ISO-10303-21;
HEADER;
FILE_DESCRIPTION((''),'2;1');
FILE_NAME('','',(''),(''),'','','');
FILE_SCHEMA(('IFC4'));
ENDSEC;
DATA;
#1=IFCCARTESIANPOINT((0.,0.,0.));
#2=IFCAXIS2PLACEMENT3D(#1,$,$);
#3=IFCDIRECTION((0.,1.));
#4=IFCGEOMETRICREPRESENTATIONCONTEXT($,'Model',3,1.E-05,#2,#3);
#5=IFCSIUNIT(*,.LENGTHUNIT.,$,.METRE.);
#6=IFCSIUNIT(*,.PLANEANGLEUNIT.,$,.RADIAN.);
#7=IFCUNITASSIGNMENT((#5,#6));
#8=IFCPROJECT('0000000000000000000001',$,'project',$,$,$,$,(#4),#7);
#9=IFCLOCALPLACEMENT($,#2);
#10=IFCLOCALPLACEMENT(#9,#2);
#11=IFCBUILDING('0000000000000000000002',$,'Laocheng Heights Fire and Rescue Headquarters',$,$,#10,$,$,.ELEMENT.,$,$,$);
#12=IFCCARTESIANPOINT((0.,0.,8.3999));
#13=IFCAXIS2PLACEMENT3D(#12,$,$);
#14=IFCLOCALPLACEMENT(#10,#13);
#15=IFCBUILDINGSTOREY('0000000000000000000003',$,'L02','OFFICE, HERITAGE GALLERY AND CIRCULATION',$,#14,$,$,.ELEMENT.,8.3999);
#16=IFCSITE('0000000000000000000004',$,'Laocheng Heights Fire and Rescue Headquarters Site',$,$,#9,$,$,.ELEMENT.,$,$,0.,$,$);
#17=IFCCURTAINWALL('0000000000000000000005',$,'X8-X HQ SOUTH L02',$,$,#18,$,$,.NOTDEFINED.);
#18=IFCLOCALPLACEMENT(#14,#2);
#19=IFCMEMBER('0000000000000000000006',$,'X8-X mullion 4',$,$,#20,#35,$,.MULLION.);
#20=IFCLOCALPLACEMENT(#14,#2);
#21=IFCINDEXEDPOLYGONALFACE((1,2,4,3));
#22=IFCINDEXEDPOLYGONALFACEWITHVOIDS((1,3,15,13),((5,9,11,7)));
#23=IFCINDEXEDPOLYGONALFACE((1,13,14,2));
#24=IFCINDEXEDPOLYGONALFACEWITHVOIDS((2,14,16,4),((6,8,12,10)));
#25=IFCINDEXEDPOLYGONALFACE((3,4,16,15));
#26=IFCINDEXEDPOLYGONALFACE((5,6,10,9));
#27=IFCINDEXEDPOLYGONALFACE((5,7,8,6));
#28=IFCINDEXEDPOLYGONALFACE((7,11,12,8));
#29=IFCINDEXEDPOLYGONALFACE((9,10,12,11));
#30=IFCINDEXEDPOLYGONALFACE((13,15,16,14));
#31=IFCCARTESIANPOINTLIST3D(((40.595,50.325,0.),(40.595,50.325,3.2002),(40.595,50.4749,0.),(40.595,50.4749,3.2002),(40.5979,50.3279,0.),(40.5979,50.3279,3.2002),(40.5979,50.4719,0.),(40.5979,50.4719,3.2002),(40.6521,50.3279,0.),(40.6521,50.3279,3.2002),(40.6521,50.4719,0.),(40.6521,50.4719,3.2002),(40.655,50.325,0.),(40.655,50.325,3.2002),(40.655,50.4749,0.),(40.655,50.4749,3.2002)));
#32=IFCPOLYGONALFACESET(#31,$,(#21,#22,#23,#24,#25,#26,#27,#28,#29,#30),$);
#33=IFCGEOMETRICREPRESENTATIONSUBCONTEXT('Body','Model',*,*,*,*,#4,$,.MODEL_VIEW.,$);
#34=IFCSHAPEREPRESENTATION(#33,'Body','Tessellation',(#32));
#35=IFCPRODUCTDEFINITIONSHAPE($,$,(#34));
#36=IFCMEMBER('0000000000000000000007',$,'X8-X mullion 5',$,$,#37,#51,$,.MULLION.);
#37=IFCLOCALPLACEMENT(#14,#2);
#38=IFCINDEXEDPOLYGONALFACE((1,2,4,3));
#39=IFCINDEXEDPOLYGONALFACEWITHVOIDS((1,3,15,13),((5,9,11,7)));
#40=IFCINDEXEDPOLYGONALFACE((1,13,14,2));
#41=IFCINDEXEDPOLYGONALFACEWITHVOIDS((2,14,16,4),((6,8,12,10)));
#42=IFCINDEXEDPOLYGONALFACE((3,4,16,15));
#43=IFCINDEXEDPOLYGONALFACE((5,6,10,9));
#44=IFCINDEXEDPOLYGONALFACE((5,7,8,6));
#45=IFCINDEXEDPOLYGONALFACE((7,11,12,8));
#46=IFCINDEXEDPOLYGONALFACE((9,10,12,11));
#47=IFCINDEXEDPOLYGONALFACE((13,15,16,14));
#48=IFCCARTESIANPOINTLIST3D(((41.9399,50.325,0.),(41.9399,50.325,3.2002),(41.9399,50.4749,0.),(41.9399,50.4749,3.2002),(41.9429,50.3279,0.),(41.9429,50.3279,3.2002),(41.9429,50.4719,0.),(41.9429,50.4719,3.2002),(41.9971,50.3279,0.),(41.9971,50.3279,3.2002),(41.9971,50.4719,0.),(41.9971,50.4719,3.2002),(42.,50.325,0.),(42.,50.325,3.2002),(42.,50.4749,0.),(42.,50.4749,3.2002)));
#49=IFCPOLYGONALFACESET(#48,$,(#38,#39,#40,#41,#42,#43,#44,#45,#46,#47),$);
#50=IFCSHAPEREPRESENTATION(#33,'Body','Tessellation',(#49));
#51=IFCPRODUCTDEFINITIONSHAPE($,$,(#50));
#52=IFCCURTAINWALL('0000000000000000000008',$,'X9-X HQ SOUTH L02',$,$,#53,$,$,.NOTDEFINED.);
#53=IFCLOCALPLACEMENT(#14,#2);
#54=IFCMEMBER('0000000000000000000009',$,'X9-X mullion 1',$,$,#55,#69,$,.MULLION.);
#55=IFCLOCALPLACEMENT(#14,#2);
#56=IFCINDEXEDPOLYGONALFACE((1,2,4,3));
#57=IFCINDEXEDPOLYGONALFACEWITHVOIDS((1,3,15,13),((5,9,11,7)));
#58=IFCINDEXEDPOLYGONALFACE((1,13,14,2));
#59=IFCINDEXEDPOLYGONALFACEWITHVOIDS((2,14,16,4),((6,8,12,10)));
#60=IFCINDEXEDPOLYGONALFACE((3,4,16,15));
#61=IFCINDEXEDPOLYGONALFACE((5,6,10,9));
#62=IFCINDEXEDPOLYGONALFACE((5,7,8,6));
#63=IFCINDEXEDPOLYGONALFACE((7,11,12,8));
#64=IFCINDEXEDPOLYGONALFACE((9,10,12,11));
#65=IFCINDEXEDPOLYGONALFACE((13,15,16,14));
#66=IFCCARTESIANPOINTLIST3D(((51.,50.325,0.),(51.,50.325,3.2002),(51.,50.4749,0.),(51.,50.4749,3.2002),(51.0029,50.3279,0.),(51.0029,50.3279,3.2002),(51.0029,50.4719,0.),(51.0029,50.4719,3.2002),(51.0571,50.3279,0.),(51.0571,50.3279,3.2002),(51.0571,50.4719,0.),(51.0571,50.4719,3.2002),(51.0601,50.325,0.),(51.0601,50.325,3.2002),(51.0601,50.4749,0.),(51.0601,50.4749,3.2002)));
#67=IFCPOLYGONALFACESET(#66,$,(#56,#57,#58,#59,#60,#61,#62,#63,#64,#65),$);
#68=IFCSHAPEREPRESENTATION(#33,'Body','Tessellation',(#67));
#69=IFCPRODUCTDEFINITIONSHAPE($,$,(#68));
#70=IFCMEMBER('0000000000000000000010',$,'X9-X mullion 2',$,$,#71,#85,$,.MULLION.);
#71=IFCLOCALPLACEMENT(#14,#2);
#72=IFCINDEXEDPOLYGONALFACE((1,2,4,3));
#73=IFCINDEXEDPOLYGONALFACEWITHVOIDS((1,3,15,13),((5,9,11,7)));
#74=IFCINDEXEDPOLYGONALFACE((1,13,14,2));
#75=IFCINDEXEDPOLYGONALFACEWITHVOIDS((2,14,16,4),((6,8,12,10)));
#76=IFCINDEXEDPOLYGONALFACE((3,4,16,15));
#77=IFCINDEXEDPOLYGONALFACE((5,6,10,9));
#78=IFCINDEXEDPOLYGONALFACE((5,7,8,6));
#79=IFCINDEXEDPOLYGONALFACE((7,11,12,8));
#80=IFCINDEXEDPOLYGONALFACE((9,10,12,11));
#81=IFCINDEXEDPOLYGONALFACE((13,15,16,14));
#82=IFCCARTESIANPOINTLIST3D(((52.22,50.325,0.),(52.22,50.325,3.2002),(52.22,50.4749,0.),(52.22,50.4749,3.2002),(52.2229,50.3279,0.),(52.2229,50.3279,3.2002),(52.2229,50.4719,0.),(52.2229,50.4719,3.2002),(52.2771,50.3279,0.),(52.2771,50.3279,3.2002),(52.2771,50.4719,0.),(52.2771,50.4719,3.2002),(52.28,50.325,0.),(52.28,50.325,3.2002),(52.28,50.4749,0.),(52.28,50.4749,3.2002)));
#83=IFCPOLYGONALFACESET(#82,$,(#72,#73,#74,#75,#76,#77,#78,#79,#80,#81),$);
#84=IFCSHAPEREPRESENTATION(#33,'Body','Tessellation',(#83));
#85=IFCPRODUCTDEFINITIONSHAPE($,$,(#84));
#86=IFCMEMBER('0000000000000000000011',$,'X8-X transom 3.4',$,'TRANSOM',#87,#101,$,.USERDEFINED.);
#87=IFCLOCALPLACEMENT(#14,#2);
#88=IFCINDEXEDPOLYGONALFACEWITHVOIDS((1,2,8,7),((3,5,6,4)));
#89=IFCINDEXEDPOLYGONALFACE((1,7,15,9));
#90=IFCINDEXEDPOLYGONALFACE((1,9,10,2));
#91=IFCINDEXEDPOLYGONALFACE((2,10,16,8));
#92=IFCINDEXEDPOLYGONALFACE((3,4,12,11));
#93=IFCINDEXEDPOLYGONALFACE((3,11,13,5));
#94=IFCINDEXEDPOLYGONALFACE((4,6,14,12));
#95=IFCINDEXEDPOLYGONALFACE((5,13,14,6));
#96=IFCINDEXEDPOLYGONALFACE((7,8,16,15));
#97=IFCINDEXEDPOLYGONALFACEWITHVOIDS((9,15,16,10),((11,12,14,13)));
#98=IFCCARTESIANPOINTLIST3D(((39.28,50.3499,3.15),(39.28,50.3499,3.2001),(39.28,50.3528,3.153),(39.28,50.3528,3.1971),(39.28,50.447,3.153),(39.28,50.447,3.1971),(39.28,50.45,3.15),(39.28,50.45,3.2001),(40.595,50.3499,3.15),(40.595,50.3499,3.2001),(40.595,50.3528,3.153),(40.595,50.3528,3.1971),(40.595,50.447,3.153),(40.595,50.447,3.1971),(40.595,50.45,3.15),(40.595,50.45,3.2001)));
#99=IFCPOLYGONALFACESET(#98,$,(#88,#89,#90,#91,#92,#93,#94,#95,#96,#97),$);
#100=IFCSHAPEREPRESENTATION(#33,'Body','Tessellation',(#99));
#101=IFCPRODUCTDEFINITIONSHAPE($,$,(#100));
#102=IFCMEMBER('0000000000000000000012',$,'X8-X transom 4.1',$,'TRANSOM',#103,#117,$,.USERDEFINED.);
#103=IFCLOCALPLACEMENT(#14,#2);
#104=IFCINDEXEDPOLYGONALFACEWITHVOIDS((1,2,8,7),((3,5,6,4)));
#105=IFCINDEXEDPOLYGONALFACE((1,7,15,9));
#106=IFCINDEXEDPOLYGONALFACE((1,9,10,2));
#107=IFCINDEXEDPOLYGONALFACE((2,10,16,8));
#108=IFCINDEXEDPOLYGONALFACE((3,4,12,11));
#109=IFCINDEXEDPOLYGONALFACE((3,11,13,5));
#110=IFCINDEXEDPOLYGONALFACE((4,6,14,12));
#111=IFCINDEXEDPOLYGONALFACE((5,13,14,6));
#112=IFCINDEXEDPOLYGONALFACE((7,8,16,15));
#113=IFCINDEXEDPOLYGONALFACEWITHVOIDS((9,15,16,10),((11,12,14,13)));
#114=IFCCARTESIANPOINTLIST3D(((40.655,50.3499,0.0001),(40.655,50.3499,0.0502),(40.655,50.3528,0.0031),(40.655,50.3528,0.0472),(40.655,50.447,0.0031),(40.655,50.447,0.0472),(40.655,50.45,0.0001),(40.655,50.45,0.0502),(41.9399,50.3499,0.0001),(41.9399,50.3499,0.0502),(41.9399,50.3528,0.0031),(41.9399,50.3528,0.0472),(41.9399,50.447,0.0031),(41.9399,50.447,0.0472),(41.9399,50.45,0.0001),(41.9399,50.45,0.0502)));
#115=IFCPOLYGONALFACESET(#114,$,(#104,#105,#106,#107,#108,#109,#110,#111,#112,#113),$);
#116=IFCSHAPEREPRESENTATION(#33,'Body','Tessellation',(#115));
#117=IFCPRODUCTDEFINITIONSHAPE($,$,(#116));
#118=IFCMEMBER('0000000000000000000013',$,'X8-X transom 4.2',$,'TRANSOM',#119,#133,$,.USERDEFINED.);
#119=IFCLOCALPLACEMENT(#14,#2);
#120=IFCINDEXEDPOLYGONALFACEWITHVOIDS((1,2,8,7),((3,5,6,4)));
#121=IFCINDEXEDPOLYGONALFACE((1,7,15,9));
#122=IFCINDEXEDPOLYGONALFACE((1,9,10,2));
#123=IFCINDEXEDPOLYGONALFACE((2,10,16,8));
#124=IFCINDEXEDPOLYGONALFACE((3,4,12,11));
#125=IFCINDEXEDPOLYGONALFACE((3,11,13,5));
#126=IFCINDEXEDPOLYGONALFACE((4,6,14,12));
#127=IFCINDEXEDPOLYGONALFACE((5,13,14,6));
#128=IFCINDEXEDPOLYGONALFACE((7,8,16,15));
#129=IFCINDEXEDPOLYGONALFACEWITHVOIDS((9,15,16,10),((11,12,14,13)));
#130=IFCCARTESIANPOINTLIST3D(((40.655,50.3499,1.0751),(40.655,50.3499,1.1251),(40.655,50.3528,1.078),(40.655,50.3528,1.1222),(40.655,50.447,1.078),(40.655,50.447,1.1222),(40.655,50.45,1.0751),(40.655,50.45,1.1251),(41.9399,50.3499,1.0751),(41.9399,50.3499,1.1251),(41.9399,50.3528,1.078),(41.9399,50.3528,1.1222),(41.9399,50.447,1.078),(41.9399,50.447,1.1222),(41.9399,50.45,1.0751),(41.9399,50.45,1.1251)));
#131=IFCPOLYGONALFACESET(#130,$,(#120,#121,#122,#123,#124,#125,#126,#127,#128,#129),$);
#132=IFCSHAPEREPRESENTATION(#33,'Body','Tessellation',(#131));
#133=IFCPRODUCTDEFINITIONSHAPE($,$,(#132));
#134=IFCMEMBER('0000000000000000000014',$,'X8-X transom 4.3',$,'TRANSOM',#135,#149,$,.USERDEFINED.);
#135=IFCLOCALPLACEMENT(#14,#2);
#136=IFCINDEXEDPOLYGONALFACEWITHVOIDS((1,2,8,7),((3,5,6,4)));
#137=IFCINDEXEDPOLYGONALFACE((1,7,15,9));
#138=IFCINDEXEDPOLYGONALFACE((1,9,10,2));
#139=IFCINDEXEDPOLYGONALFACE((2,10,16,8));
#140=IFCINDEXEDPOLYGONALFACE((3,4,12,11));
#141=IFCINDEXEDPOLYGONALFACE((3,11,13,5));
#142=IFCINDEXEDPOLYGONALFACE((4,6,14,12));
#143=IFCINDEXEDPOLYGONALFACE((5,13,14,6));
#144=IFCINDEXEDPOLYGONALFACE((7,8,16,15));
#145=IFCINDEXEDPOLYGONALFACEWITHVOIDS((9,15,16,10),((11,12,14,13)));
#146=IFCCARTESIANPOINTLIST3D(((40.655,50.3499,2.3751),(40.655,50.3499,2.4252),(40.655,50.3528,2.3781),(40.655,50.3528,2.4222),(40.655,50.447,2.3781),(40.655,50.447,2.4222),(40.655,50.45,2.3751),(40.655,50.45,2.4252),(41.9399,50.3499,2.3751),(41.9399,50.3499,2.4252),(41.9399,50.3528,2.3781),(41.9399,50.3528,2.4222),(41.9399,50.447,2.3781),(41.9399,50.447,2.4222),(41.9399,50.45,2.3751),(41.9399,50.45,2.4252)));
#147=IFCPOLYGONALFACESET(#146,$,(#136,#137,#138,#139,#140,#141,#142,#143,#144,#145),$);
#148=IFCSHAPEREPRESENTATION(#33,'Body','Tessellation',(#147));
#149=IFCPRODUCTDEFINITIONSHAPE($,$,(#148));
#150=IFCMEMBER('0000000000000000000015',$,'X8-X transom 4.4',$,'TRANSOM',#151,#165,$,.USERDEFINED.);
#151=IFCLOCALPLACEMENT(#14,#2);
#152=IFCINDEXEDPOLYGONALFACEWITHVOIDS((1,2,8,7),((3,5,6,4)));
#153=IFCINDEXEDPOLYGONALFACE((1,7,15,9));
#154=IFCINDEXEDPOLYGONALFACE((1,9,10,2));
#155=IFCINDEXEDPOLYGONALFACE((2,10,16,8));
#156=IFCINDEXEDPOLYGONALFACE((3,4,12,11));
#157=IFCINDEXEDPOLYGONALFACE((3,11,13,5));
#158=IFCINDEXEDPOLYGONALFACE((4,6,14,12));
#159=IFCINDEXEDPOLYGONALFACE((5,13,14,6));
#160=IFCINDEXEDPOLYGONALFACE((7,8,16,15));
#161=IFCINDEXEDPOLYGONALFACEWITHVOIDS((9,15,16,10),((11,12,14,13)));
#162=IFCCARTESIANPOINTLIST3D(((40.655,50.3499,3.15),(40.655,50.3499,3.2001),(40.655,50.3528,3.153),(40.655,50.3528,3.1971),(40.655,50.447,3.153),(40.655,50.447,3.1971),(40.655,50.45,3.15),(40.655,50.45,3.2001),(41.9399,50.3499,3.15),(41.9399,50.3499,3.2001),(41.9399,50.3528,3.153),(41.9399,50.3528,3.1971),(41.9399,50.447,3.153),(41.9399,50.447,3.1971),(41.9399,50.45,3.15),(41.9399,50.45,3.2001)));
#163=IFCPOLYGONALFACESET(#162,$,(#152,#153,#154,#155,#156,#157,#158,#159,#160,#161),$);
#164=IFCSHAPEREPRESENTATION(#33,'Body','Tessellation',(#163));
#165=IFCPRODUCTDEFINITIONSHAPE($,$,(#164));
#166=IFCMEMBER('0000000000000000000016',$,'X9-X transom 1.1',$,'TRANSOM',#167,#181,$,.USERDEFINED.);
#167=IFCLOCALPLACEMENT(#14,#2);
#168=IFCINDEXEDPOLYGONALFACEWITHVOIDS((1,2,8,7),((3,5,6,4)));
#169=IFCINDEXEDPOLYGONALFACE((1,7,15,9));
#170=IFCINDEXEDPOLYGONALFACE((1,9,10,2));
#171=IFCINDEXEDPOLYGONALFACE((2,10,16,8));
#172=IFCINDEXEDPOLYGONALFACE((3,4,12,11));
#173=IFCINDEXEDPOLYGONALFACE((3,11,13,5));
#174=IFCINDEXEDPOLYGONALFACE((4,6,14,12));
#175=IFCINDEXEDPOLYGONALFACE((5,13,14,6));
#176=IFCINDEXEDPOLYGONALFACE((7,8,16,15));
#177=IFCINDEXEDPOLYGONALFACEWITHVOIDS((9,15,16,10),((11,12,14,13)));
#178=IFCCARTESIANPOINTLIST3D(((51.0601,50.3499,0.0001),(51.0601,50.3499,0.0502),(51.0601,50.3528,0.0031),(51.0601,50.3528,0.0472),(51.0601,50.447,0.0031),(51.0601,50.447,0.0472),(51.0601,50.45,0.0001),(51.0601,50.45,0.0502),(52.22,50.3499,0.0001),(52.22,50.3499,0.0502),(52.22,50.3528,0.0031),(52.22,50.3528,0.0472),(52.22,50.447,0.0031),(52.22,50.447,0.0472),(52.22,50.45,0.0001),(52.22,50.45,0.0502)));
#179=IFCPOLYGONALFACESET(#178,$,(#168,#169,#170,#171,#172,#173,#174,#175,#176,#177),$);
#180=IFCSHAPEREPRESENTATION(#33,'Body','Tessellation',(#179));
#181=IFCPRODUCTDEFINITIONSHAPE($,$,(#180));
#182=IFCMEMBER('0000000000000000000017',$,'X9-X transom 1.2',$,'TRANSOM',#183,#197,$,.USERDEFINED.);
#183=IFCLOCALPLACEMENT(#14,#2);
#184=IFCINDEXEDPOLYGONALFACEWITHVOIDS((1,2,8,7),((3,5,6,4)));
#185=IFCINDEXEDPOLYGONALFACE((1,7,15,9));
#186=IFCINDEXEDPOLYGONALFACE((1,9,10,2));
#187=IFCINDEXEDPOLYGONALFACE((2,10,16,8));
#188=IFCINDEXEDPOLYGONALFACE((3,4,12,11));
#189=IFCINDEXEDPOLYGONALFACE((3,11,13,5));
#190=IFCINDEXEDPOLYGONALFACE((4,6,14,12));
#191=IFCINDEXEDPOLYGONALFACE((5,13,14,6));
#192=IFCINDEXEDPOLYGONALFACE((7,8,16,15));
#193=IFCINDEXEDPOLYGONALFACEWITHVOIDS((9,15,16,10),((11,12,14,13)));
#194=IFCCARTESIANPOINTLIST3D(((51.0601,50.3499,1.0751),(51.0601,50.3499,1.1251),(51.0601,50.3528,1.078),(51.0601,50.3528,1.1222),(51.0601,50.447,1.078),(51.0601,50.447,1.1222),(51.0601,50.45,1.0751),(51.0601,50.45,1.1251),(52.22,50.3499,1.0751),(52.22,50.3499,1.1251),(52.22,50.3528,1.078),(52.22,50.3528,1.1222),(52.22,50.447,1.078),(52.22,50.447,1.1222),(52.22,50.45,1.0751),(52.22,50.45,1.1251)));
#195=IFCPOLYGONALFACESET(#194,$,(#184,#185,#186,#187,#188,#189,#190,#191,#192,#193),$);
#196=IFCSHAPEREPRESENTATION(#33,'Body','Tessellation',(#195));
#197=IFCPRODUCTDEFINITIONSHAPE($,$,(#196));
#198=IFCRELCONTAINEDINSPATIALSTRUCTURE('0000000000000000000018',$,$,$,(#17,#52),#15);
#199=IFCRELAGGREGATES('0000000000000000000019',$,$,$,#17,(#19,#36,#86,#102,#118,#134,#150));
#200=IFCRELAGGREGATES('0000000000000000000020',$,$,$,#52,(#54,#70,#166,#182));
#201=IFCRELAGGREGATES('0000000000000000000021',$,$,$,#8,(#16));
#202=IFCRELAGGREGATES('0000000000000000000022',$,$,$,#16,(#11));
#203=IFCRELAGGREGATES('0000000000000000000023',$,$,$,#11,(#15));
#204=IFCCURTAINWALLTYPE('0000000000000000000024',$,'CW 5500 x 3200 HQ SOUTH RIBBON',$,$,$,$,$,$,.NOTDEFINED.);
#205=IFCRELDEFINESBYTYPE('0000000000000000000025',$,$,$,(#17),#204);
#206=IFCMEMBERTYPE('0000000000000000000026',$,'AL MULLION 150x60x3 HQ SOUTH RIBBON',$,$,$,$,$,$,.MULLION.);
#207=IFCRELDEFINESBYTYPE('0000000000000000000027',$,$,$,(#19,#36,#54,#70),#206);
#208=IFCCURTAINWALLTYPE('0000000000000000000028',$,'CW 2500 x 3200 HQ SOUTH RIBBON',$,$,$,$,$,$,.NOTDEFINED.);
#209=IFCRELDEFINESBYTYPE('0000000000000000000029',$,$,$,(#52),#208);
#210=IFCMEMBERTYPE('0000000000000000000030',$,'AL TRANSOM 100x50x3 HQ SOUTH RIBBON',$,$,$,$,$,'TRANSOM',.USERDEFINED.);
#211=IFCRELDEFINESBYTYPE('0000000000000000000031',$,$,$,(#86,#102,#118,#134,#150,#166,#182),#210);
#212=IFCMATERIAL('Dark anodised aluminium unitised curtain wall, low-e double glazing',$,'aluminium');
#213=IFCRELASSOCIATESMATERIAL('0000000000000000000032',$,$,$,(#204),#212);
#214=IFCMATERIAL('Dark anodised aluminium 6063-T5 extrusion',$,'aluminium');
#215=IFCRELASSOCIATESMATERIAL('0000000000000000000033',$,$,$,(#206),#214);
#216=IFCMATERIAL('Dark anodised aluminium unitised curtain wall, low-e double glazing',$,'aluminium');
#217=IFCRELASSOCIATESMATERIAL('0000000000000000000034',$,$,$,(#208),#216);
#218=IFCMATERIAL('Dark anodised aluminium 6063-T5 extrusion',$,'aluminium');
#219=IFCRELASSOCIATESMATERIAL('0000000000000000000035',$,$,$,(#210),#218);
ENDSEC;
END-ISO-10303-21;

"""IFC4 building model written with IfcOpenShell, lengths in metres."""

from ifc_helpers import new_model, si_unit, direction, frame, origin, origin_2d, place, context, subcontext, project, spatial, hollow_rectangle, extrude, material, material_profile, profile_set, type_object, element, aggregate, save


model = new_model("IFC4")

# Units and contexts
model_context = context("Model", 3, precision=1e-05, world=origin(), true_north=direction((0.0, 1.0)))
body_context = subcontext(model_context, "Body", "Model", "MODEL_VIEW")
ifc_project = project(units=[si_unit("LENGTHUNIT", "METRE"), si_unit("PLANEANGLEUNIT", "RADIAN")], contexts=[model_context])

# Site, building, storey
site_placement = place(None, origin())
site = spatial("IfcSite", under=ifc_project, at=site_placement, Name="Laocheng Heights Fire and Rescue Headquarters Site", CompositionType="ELEMENT", RefElevation=0.0)
building_placement = place(site_placement, origin())
building = spatial("IfcBuilding", under=site, at=building_placement, Name="Laocheng Heights Fire and Rescue Headquarters", CompositionType="ELEMENT")
storey_placement = place(building_placement, frame((0.0, 0.0, 8.3999)))
storey = spatial("IfcBuildingStorey", under=building, at=storey_placement, Name="L02", Description="OFFICE, HERITAGE GALLERY AND CIRCULATION", CompositionType="ELEMENT", Elevation=8.3999)

# Curtain walls, members
ifc_material_1 = material(Name="Dark anodised aluminium unitised curtain wall, low-e double glazing", Category="aluminium")
curtain_wall_type_1 = type_object("IfcCurtainWallType", Name="CW 5500 x 3200 HQ SOUTH RIBBON", PredefinedType="NOTDEFINED", material=ifc_material_1)
curtain_wall_1_placement = place(storey_placement, origin())
curtain_wall_1 = element("IfcCurtainWall", 1, at=curtain_wall_1_placement, inside=storey, type_object=curtain_wall_type_1, Name="X8-X HQ SOUTH L02", PredefinedType="NOTDEFINED")
ifc_material_2 = material(Name="Dark anodised aluminium 6063-T5 extrusion", Category="aluminium")
ifc_material_profile_1 = material_profile(ifc_material_2, hollow_rectangle(XDim=0.1499, YDim=0.0601, WallThickness=0.0029, at=origin_2d()), Name="AL MULLION 150x60x3 HQ SOUTH RIBBON")
ifc_profile_set_1 = profile_set([ifc_material_profile_1], Name="Dark anodised aluminium 6063-T5 extrusion")
member_type_1 = type_object("IfcMemberType", Name="AL MULLION 150x60x3 HQ SOUTH RIBBON", PredefinedType="MULLION", material=ifc_profile_set_1)
member_1_placement = place(storey_placement, frame((40.625, 50.3999, 0.0), z_axis=(0.0, 0.0, 1.0), x_axis=(0.0, 1.0, 0.0)))
member_1 = element("IfcMember", 2, at=member_1_placement, type_object=member_type_1, Name="X8-X mullion 4", PredefinedType="MULLION", context=body_context, shape_type="SweptSolid", body=[
    extrude(hollow_rectangle(XDim=0.1499, YDim=0.0601, WallThickness=0.0029, at=origin_2d()), origin(), (0.0, 0.0, 1.0), 3.2002),
])
member_2_placement = place(storey_placement, frame((41.97, 50.3999, 0.0), z_axis=(0.0, 0.0, 1.0), x_axis=(0.0, 1.0, 0.0)))
member_2 = element("IfcMember", 3, at=member_2_placement, type_object=member_type_1, Name="X8-X mullion 5", PredefinedType="MULLION", context=body_context, shape_type="SweptSolid", body=[
    extrude(hollow_rectangle(XDim=0.1499, YDim=0.0601, WallThickness=0.0029, at=origin_2d()), origin(), (0.0, 0.0, 1.0), 3.2002),
])
ifc_material_3 = material(Name="Dark anodised aluminium unitised curtain wall, low-e double glazing", Category="aluminium")
curtain_wall_type_2 = type_object("IfcCurtainWallType", Name="CW 2500 x 3200 HQ SOUTH RIBBON", PredefinedType="NOTDEFINED", material=ifc_material_3)
curtain_wall_2_placement = place(storey_placement, origin())
curtain_wall_2 = element("IfcCurtainWall", 4, at=curtain_wall_2_placement, inside=storey, type_object=curtain_wall_type_2, Name="X9-X HQ SOUTH L02", PredefinedType="NOTDEFINED")
member_3_placement = place(storey_placement, frame((51.03, 50.3999, 0.0), z_axis=(0.0, 0.0, 1.0), x_axis=(0.0, 1.0, 0.0)))
member_3 = element("IfcMember", 5, at=member_3_placement, type_object=member_type_1, Name="X9-X mullion 1", PredefinedType="MULLION", context=body_context, shape_type="SweptSolid", body=[
    extrude(hollow_rectangle(XDim=0.1499, YDim=0.0601, WallThickness=0.0029, at=origin_2d()), origin(), (0.0, 0.0, 1.0), 3.2002),
])
member_4_placement = place(storey_placement, frame((52.25, 50.3999, 0.0), z_axis=(0.0, 0.0, 1.0), x_axis=(0.0, 1.0, 0.0)))
member_4 = element("IfcMember", 6, at=member_4_placement, type_object=member_type_1, Name="X9-X mullion 2", PredefinedType="MULLION", context=body_context, shape_type="SweptSolid", body=[
    extrude(hollow_rectangle(XDim=0.1499, YDim=0.0601, WallThickness=0.0029, at=origin_2d()), origin(), (0.0, 0.0, 1.0), 3.2002),
])

# Members
ifc_material_4 = material(Name="Dark anodised aluminium 6063-T5 extrusion", Category="aluminium")
ifc_material_profile_2 = material_profile(ifc_material_4, hollow_rectangle(XDim=0.1001, YDim=0.05, WallThickness=0.0029, at=origin_2d()), Name="AL TRANSOM 100x50x3 HQ SOUTH RIBBON")
ifc_profile_set_2 = profile_set([ifc_material_profile_2], Name="Dark anodised aluminium 6063-T5 extrusion")
member_type_2 = type_object("IfcMemberType", Name="AL TRANSOM 100x50x3 HQ SOUTH RIBBON", ElementType="TRANSOM", PredefinedType="USERDEFINED", material=ifc_profile_set_2)
member_5_placement = place(storey_placement, frame((39.28, 50.3999, 3.175), z_axis=(1.0, 0.0, 0.0), x_axis=(0.0, 1.0, 0.0)))
member_5 = element("IfcMember", 7, at=member_5_placement, type_object=member_type_2, Name="X8-X transom 3.4", ObjectType="TRANSOM", PredefinedType="USERDEFINED", context=body_context, shape_type="SweptSolid", body=[
    extrude(hollow_rectangle(XDim=0.1001, YDim=0.05, WallThickness=0.0029, at=origin_2d()), origin(), (0.0, 0.0, 1.0), 1.3149),
])
member_6_placement = place(storey_placement, frame((40.655, 50.3999, 0.0251), z_axis=(1.0, 0.0, 0.0), x_axis=(0.0, 1.0, 0.0)))
member_6 = element("IfcMember", 8, at=member_6_placement, type_object=member_type_2, Name="X8-X transom 4.1", ObjectType="TRANSOM", PredefinedType="USERDEFINED", context=body_context, shape_type="SweptSolid", body=[
    extrude(hollow_rectangle(XDim=0.1001, YDim=0.05, WallThickness=0.0029, at=origin_2d()), origin(), (0.0, 0.0, 1.0), 1.2849),
])
member_7_placement = place(storey_placement, frame((40.655, 50.3999, 1.1001), z_axis=(1.0, 0.0, 0.0), x_axis=(0.0, 1.0, 0.0)))
member_7 = element("IfcMember", 9, at=member_7_placement, type_object=member_type_2, Name="X8-X transom 4.2", ObjectType="TRANSOM", PredefinedType="USERDEFINED", context=body_context, shape_type="SweptSolid", body=[
    extrude(hollow_rectangle(XDim=0.1001, YDim=0.05, WallThickness=0.0029, at=origin_2d()), origin(), (0.0, 0.0, 1.0), 1.2849),
])
member_8_placement = place(storey_placement, frame((40.655, 50.3999, 2.4001), z_axis=(1.0, 0.0, 0.0), x_axis=(0.0, 1.0, 0.0)))
member_8 = element("IfcMember", 10, at=member_8_placement, type_object=member_type_2, Name="X8-X transom 4.3", ObjectType="TRANSOM", PredefinedType="USERDEFINED", context=body_context, shape_type="SweptSolid", body=[
    extrude(hollow_rectangle(XDim=0.1001, YDim=0.05, WallThickness=0.0029, at=origin_2d()), origin(), (0.0, 0.0, 1.0), 1.2849),
])
member_9_placement = place(storey_placement, frame((40.655, 50.3999, 3.175), z_axis=(1.0, 0.0, 0.0), x_axis=(0.0, 1.0, 0.0)))
member_9 = element("IfcMember", 11, at=member_9_placement, type_object=member_type_2, Name="X8-X transom 4.4", ObjectType="TRANSOM", PredefinedType="USERDEFINED", context=body_context, shape_type="SweptSolid", body=[
    extrude(hollow_rectangle(XDim=0.1001, YDim=0.05, WallThickness=0.0029, at=origin_2d()), origin(), (0.0, 0.0, 1.0), 1.2849),
])
member_10_placement = place(storey_placement, frame((51.0601, 50.3999, 0.0251), z_axis=(1.0, 0.0, 0.0), x_axis=(0.0, 1.0, 0.0)))
member_10 = element("IfcMember", 12, at=member_10_placement, type_object=member_type_2, Name="X9-X transom 1.1", ObjectType="TRANSOM", PredefinedType="USERDEFINED", context=body_context, shape_type="SweptSolid", body=[
    extrude(hollow_rectangle(XDim=0.1001, YDim=0.05, WallThickness=0.0029, at=origin_2d()), origin(), (0.0, 0.0, 1.0), 1.1599),
])
member_11_placement = place(storey_placement, frame((51.0601, 50.3999, 1.1001), z_axis=(1.0, 0.0, 0.0), x_axis=(0.0, 1.0, 0.0)))
member_11 = element("IfcMember", 13, at=member_11_placement, type_object=member_type_2, Name="X9-X transom 1.2", ObjectType="TRANSOM", PredefinedType="USERDEFINED", context=body_context, shape_type="SweptSolid", body=[
    extrude(hollow_rectangle(XDim=0.1001, YDim=0.05, WallThickness=0.0029, at=origin_2d()), origin(), (0.0, 0.0, 1.0), 1.1599),
])

aggregate(curtain_wall_1, [member_1, member_2, member_5, member_6, member_7, member_8, member_9])
aggregate(curtain_wall_2, [member_3, member_4, member_10, member_11])

save(model, "model.ifc")
